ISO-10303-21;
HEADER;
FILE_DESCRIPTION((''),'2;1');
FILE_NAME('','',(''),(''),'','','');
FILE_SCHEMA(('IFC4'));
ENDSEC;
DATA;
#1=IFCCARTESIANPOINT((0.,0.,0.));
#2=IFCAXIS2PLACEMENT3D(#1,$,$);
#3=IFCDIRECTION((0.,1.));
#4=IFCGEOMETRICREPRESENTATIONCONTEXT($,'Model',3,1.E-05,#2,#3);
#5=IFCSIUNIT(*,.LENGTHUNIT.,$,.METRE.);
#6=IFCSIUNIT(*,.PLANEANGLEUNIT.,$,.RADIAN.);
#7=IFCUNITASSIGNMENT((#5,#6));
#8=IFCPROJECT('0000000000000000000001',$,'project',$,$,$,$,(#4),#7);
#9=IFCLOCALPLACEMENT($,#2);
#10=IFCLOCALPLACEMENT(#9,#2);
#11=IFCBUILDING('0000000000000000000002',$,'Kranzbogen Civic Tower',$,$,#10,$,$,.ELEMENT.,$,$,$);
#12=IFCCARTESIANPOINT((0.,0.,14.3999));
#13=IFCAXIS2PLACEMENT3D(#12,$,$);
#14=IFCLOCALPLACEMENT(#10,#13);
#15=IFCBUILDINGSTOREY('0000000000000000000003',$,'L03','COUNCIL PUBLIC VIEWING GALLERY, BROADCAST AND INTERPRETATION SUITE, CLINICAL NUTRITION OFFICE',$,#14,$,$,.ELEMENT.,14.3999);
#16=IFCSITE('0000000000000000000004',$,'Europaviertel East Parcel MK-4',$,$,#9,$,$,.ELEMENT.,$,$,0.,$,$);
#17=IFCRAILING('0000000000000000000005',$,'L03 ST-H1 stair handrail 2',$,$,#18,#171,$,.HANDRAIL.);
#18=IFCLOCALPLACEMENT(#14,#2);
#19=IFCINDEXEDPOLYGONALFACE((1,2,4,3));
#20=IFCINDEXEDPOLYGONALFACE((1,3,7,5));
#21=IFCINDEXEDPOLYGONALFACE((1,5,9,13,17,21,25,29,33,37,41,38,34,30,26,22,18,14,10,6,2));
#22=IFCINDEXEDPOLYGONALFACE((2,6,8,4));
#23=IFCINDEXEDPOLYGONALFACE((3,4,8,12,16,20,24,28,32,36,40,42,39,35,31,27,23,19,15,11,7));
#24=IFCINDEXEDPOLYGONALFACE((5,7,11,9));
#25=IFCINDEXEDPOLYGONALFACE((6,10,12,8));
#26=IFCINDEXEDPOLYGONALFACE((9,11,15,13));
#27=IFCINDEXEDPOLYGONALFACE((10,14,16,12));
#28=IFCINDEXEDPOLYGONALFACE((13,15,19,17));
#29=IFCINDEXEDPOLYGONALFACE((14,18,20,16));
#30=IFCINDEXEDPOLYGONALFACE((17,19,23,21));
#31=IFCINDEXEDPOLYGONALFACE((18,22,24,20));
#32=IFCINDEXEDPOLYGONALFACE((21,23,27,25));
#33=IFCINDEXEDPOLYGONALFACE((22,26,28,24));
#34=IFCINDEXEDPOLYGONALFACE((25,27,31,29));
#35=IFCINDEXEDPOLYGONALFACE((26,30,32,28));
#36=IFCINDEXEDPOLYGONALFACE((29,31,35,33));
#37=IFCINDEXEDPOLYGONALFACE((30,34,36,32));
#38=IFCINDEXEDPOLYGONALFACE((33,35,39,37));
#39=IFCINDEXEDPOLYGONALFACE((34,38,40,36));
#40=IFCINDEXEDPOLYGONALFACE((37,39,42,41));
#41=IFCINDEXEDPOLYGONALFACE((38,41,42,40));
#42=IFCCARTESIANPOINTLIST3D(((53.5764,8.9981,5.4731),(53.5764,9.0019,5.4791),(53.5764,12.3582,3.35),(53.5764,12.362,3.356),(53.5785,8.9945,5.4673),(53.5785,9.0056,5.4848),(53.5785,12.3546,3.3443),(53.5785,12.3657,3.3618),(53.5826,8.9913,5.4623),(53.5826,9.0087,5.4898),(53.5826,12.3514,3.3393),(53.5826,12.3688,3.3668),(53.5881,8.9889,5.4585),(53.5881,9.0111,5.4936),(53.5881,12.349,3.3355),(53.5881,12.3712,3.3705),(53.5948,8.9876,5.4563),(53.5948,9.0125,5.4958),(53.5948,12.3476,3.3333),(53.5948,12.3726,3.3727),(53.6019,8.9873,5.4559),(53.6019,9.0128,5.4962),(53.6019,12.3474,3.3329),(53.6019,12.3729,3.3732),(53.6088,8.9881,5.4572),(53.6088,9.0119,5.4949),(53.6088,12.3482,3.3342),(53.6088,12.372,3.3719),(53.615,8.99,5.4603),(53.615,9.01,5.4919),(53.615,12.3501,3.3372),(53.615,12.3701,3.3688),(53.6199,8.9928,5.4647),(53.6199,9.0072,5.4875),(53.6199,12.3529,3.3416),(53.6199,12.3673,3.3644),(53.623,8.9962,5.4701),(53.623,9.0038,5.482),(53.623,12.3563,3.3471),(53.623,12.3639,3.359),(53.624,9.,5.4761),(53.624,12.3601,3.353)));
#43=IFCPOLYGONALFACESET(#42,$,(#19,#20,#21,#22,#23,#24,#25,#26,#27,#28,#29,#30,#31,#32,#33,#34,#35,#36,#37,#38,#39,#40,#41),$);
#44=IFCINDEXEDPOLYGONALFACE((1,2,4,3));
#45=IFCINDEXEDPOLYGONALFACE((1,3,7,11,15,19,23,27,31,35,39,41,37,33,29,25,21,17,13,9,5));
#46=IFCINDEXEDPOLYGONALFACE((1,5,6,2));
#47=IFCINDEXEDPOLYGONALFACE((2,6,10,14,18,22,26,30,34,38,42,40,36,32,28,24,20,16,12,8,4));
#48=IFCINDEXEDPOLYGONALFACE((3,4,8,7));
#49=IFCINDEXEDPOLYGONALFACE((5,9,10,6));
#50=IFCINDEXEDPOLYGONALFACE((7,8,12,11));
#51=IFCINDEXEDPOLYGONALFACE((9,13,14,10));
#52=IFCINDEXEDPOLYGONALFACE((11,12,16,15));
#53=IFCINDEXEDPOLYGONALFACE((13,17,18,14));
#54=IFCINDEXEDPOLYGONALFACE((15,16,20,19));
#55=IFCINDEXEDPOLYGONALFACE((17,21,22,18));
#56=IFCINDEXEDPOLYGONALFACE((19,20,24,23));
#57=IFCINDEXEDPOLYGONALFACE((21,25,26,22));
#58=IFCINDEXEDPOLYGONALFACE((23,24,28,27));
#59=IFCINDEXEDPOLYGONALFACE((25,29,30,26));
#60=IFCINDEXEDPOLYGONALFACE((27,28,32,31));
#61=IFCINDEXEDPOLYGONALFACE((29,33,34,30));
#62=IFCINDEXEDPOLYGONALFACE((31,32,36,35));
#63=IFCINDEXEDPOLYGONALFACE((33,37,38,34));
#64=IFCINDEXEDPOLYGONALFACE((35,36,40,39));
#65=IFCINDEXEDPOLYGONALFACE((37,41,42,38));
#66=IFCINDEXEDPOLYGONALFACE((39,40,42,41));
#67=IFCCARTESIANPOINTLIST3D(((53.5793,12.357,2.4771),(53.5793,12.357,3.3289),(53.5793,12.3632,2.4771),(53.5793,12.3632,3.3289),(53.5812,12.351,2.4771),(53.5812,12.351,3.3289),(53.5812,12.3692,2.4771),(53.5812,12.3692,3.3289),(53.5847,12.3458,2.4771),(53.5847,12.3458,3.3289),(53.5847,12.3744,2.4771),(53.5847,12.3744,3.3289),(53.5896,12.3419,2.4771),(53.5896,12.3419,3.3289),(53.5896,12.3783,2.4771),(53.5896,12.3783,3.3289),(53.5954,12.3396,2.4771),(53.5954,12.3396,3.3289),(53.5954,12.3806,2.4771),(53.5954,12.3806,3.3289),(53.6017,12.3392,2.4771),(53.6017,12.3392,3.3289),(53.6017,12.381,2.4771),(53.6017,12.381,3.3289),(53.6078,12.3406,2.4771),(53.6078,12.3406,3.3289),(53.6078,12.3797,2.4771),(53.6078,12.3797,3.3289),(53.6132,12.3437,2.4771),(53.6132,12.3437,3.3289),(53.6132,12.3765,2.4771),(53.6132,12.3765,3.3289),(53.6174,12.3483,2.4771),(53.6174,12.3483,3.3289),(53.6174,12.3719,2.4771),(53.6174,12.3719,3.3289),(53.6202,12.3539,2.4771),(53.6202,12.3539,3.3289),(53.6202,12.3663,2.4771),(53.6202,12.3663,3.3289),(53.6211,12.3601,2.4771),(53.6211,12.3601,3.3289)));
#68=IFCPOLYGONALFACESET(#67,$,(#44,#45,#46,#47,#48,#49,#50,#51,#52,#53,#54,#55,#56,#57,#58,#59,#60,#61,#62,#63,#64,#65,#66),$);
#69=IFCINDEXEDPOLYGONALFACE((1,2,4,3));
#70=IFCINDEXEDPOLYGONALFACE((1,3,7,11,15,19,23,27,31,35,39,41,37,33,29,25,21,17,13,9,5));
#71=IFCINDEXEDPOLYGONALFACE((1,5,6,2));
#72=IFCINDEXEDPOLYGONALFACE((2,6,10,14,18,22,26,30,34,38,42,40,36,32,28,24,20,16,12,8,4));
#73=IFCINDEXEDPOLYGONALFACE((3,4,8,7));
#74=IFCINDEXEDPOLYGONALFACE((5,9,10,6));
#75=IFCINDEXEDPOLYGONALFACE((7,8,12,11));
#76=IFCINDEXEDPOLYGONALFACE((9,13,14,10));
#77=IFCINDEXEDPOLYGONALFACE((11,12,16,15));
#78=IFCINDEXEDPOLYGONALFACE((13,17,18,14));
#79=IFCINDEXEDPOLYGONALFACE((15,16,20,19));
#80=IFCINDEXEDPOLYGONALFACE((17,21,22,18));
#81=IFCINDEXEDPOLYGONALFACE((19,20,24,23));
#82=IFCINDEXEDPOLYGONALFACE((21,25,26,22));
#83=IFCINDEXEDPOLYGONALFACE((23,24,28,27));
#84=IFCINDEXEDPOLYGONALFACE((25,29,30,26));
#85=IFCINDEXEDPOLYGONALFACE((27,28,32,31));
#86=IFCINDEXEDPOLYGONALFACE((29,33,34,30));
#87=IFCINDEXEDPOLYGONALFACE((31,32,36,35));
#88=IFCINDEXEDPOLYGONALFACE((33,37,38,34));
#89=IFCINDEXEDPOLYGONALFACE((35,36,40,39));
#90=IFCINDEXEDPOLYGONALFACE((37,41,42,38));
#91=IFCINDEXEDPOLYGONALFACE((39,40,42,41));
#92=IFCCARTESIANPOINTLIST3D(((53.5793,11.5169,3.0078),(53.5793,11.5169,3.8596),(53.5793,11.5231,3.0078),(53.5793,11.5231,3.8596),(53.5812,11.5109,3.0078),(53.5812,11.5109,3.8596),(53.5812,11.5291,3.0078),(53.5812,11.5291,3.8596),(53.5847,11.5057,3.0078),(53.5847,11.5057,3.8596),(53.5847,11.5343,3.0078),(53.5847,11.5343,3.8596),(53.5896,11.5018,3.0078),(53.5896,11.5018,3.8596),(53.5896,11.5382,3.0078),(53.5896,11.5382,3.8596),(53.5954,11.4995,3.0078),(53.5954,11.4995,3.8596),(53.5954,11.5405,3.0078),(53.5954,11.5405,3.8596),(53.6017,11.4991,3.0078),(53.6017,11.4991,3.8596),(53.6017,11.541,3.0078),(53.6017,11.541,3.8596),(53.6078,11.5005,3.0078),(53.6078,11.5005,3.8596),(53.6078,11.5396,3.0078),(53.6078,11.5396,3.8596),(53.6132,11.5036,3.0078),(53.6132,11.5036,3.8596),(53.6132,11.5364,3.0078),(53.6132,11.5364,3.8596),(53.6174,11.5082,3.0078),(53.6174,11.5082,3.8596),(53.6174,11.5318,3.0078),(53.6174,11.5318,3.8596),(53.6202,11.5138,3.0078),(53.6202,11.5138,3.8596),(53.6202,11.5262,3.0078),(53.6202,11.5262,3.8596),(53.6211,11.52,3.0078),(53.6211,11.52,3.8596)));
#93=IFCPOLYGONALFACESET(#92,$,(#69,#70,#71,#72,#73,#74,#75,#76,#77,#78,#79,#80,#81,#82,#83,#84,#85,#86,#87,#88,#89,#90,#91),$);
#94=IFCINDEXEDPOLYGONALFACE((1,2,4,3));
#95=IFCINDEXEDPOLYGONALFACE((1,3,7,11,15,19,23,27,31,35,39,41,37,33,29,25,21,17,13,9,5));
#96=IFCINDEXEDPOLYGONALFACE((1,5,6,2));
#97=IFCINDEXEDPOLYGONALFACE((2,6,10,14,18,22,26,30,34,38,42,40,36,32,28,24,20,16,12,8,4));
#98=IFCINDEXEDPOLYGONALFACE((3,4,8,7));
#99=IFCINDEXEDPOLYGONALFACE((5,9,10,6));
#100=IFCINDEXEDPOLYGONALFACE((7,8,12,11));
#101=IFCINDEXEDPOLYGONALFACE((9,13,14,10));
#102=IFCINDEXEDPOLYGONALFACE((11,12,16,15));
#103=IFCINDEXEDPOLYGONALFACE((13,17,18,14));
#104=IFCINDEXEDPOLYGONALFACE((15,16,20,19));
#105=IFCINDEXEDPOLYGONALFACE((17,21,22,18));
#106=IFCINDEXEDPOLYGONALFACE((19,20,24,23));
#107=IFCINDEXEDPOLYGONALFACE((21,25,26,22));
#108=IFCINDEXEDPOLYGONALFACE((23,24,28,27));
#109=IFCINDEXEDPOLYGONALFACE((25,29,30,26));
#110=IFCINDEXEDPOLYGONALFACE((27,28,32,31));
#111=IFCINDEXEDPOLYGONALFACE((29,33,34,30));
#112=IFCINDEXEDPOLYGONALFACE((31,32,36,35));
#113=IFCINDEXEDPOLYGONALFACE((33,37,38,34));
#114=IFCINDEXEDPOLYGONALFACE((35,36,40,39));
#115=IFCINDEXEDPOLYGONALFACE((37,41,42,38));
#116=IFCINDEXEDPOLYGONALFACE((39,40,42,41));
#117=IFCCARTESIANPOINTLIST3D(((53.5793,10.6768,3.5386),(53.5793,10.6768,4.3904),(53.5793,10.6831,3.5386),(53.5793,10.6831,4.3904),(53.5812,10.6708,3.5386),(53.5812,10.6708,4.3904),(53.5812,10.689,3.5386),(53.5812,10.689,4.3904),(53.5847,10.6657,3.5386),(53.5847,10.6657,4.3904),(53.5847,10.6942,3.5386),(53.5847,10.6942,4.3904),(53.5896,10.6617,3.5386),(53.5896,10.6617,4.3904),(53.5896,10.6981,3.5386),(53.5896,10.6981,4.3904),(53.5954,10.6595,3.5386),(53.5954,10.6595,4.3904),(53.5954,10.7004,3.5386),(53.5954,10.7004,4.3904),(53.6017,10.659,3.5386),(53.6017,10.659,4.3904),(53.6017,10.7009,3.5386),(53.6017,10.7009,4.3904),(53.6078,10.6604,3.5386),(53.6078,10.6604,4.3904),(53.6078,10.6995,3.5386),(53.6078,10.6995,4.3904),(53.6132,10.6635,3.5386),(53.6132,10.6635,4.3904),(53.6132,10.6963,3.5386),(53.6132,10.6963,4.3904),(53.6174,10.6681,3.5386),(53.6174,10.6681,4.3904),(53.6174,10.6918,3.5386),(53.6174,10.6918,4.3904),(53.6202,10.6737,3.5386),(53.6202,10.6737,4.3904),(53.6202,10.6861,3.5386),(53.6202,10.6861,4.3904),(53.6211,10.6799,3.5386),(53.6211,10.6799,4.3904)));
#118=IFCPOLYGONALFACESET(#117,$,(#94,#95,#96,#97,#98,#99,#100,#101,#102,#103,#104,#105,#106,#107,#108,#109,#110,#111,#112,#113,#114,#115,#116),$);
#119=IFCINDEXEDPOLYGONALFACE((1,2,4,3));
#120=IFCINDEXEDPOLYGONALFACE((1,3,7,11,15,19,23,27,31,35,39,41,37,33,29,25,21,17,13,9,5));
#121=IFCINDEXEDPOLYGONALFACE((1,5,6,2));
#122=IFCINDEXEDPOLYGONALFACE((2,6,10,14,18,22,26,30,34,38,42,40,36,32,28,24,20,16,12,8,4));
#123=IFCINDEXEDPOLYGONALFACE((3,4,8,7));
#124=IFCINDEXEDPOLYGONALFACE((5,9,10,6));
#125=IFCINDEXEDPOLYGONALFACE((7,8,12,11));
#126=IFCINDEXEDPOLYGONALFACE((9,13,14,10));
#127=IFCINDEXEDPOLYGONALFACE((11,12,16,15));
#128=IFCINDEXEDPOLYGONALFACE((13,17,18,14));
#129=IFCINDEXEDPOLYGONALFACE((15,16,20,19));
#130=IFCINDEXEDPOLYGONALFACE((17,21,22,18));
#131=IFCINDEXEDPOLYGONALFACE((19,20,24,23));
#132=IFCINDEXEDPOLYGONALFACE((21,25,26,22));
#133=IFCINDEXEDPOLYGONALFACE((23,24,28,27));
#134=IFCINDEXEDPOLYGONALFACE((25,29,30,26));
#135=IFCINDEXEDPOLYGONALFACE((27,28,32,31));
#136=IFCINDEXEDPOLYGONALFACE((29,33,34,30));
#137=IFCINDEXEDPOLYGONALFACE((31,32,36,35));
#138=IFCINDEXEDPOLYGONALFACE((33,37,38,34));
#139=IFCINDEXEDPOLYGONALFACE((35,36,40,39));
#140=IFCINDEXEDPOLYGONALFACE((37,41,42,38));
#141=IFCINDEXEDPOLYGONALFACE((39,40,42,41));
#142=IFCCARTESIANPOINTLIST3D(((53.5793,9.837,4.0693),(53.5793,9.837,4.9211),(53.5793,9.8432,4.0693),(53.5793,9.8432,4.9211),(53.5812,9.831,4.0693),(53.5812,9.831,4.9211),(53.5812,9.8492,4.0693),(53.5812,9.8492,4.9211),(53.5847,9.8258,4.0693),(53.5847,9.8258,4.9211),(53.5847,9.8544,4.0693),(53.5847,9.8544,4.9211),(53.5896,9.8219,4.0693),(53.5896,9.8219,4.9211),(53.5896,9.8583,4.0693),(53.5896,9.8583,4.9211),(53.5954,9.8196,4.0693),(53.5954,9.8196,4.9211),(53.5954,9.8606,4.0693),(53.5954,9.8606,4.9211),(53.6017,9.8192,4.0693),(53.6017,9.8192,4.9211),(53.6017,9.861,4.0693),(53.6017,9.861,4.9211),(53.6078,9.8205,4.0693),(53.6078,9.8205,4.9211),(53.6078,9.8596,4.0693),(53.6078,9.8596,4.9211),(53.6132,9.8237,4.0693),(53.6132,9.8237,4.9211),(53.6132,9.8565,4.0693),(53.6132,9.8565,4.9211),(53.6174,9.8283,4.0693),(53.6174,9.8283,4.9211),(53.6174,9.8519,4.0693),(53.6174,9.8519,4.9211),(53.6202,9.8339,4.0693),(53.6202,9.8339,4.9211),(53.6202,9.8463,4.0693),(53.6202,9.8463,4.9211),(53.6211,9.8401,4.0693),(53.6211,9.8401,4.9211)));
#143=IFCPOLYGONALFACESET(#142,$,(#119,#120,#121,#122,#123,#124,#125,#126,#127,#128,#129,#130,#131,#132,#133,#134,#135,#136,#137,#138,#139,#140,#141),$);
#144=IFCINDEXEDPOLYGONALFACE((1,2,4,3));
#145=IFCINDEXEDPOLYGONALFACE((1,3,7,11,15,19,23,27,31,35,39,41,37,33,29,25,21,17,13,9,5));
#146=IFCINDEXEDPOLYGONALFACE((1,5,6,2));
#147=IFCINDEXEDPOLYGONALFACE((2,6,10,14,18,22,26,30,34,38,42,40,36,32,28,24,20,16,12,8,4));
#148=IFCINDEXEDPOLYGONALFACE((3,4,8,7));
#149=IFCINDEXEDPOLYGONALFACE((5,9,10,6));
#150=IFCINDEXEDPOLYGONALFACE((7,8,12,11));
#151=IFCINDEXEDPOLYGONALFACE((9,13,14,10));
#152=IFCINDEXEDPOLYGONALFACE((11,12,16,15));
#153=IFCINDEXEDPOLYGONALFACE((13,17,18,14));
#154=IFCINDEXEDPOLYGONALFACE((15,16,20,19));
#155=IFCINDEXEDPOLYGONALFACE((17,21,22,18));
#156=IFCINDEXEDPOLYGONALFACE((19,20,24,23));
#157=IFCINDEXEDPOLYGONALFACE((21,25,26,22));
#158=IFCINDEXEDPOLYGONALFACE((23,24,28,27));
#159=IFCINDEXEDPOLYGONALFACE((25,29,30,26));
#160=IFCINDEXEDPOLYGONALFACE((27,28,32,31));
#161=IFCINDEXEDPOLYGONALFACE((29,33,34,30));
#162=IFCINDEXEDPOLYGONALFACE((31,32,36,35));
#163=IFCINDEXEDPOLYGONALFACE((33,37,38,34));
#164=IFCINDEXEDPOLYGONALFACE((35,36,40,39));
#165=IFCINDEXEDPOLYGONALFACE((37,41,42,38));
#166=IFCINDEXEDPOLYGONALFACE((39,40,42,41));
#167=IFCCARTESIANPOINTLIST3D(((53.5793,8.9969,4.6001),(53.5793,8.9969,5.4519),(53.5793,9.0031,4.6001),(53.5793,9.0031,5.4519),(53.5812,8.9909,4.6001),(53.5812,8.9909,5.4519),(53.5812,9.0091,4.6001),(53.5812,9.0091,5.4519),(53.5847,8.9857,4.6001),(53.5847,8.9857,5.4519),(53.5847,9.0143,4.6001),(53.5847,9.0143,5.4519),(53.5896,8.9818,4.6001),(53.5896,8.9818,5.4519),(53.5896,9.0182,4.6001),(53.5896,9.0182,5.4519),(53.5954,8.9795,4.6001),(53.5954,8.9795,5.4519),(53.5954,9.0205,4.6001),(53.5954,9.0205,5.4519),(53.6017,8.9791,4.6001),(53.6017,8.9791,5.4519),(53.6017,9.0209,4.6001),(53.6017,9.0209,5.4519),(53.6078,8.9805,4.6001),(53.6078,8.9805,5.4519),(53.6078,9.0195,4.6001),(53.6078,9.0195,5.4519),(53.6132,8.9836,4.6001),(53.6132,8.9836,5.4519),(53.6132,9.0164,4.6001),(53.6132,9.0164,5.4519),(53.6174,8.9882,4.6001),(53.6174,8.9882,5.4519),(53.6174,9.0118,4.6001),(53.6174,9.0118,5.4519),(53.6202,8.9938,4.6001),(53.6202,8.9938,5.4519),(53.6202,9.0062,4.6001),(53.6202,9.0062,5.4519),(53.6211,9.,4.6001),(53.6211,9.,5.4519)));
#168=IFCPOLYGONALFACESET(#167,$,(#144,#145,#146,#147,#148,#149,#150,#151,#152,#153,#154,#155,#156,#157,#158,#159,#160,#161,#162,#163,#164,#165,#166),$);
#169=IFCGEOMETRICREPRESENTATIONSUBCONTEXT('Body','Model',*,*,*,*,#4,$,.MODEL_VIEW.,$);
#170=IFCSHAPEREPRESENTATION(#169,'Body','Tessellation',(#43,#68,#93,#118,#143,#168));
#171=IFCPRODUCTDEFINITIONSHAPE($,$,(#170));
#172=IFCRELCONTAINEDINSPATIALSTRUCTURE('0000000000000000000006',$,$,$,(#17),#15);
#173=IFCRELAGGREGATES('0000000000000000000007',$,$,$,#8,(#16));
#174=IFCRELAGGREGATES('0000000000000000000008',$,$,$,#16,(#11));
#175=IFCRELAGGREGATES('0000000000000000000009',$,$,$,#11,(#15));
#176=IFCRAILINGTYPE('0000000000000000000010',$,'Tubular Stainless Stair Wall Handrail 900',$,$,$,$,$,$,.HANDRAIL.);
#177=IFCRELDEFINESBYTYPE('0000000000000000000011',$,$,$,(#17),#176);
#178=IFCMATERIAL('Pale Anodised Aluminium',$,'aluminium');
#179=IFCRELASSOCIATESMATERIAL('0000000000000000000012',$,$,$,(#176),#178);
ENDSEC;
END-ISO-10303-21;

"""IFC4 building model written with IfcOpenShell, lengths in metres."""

from ifc_helpers import new_model, si_unit, direction, frame, origin, origin_2d, place, context, subcontext, project, spatial, circle, extrude, material, type_object, element, save


model = new_model("IFC4")

# Units and contexts
model_context = context("Model", 3, precision=1e-05, world=origin(), true_north=direction((0.0, 1.0)))
body_context = subcontext(model_context, "Body", "Model", "MODEL_VIEW")
ifc_project = project(units=[si_unit("LENGTHUNIT", "METRE"), si_unit("PLANEANGLEUNIT", "RADIAN")], contexts=[model_context])

# Site, building, storey
site_placement = place(None, origin())
site = spatial("IfcSite", under=ifc_project, at=site_placement, Name="Europaviertel East Parcel MK-4", CompositionType="ELEMENT", RefElevation=0.0)
building_placement = place(site_placement, origin())
building = spatial("IfcBuilding", under=site, at=building_placement, Name="Kranzbogen Civic Tower", CompositionType="ELEMENT")
storey_placement = place(building_placement, frame((0.0, 0.0, 14.3999)))
storey = spatial("IfcBuildingStorey", under=building, at=storey_placement, Name="L03", Description="COUNCIL PUBLIC VIEWING GALLERY, BROADCAST AND INTERPRETATION SUITE, CLINICAL NUTRITION OFFICE", CompositionType="ELEMENT", Elevation=14.3999)

# Shared definitions
ifc_material_1 = material(Name="Pale Anodised Aluminium", Category="aluminium")

# Railing
railing_type_1 = type_object("IfcRailingType", Name="Tubular Stainless Stair Wall Handrail 900", PredefinedType="HANDRAIL", material=ifc_material_1)
railing_1_placement = place(storey_placement, frame((53.6001, 12.3601, 2.4771)))
element("IfcRailing", 1, at=railing_1_placement, inside=storey, type_object=railing_type_1, Name="L03 ST-H1 stair handrail 2", PredefinedType="HANDRAIL", context=body_context, shape_type="SweptSolid", body=[
    extrude(circle(Radius=0.0239, at=origin_2d()), frame((0.0, 0.0, 0.876), z_axis=(0.0, -0.84539, 0.53415), x_axis=(1.0, 0.0, 0.0)), (0.0, 0.0, 1.0), 3.9746),
    extrude(circle(Radius=0.021, at=origin_2d()), origin(), (0.0, 0.0, 1.0), 0.8518),
    extrude(circle(Radius=0.021, at=origin_2d()), frame((0.0, -0.8401, 0.5308)), (0.0, 0.0, 1.0), 0.8518),
    extrude(circle(Radius=0.021, at=origin_2d()), frame((0.0, -1.6802, 1.0615)), (0.0, 0.0, 1.0), 0.8518),
    extrude(circle(Radius=0.021, at=origin_2d()), frame((0.0, -2.52, 1.5923)), (0.0, 0.0, 1.0), 0.8518),
    extrude(circle(Radius=0.021, at=origin_2d()), frame((0.0, -3.3601, 2.123)), (0.0, 0.0, 1.0), 0.8518),
])

save(model, "model.ifc")
